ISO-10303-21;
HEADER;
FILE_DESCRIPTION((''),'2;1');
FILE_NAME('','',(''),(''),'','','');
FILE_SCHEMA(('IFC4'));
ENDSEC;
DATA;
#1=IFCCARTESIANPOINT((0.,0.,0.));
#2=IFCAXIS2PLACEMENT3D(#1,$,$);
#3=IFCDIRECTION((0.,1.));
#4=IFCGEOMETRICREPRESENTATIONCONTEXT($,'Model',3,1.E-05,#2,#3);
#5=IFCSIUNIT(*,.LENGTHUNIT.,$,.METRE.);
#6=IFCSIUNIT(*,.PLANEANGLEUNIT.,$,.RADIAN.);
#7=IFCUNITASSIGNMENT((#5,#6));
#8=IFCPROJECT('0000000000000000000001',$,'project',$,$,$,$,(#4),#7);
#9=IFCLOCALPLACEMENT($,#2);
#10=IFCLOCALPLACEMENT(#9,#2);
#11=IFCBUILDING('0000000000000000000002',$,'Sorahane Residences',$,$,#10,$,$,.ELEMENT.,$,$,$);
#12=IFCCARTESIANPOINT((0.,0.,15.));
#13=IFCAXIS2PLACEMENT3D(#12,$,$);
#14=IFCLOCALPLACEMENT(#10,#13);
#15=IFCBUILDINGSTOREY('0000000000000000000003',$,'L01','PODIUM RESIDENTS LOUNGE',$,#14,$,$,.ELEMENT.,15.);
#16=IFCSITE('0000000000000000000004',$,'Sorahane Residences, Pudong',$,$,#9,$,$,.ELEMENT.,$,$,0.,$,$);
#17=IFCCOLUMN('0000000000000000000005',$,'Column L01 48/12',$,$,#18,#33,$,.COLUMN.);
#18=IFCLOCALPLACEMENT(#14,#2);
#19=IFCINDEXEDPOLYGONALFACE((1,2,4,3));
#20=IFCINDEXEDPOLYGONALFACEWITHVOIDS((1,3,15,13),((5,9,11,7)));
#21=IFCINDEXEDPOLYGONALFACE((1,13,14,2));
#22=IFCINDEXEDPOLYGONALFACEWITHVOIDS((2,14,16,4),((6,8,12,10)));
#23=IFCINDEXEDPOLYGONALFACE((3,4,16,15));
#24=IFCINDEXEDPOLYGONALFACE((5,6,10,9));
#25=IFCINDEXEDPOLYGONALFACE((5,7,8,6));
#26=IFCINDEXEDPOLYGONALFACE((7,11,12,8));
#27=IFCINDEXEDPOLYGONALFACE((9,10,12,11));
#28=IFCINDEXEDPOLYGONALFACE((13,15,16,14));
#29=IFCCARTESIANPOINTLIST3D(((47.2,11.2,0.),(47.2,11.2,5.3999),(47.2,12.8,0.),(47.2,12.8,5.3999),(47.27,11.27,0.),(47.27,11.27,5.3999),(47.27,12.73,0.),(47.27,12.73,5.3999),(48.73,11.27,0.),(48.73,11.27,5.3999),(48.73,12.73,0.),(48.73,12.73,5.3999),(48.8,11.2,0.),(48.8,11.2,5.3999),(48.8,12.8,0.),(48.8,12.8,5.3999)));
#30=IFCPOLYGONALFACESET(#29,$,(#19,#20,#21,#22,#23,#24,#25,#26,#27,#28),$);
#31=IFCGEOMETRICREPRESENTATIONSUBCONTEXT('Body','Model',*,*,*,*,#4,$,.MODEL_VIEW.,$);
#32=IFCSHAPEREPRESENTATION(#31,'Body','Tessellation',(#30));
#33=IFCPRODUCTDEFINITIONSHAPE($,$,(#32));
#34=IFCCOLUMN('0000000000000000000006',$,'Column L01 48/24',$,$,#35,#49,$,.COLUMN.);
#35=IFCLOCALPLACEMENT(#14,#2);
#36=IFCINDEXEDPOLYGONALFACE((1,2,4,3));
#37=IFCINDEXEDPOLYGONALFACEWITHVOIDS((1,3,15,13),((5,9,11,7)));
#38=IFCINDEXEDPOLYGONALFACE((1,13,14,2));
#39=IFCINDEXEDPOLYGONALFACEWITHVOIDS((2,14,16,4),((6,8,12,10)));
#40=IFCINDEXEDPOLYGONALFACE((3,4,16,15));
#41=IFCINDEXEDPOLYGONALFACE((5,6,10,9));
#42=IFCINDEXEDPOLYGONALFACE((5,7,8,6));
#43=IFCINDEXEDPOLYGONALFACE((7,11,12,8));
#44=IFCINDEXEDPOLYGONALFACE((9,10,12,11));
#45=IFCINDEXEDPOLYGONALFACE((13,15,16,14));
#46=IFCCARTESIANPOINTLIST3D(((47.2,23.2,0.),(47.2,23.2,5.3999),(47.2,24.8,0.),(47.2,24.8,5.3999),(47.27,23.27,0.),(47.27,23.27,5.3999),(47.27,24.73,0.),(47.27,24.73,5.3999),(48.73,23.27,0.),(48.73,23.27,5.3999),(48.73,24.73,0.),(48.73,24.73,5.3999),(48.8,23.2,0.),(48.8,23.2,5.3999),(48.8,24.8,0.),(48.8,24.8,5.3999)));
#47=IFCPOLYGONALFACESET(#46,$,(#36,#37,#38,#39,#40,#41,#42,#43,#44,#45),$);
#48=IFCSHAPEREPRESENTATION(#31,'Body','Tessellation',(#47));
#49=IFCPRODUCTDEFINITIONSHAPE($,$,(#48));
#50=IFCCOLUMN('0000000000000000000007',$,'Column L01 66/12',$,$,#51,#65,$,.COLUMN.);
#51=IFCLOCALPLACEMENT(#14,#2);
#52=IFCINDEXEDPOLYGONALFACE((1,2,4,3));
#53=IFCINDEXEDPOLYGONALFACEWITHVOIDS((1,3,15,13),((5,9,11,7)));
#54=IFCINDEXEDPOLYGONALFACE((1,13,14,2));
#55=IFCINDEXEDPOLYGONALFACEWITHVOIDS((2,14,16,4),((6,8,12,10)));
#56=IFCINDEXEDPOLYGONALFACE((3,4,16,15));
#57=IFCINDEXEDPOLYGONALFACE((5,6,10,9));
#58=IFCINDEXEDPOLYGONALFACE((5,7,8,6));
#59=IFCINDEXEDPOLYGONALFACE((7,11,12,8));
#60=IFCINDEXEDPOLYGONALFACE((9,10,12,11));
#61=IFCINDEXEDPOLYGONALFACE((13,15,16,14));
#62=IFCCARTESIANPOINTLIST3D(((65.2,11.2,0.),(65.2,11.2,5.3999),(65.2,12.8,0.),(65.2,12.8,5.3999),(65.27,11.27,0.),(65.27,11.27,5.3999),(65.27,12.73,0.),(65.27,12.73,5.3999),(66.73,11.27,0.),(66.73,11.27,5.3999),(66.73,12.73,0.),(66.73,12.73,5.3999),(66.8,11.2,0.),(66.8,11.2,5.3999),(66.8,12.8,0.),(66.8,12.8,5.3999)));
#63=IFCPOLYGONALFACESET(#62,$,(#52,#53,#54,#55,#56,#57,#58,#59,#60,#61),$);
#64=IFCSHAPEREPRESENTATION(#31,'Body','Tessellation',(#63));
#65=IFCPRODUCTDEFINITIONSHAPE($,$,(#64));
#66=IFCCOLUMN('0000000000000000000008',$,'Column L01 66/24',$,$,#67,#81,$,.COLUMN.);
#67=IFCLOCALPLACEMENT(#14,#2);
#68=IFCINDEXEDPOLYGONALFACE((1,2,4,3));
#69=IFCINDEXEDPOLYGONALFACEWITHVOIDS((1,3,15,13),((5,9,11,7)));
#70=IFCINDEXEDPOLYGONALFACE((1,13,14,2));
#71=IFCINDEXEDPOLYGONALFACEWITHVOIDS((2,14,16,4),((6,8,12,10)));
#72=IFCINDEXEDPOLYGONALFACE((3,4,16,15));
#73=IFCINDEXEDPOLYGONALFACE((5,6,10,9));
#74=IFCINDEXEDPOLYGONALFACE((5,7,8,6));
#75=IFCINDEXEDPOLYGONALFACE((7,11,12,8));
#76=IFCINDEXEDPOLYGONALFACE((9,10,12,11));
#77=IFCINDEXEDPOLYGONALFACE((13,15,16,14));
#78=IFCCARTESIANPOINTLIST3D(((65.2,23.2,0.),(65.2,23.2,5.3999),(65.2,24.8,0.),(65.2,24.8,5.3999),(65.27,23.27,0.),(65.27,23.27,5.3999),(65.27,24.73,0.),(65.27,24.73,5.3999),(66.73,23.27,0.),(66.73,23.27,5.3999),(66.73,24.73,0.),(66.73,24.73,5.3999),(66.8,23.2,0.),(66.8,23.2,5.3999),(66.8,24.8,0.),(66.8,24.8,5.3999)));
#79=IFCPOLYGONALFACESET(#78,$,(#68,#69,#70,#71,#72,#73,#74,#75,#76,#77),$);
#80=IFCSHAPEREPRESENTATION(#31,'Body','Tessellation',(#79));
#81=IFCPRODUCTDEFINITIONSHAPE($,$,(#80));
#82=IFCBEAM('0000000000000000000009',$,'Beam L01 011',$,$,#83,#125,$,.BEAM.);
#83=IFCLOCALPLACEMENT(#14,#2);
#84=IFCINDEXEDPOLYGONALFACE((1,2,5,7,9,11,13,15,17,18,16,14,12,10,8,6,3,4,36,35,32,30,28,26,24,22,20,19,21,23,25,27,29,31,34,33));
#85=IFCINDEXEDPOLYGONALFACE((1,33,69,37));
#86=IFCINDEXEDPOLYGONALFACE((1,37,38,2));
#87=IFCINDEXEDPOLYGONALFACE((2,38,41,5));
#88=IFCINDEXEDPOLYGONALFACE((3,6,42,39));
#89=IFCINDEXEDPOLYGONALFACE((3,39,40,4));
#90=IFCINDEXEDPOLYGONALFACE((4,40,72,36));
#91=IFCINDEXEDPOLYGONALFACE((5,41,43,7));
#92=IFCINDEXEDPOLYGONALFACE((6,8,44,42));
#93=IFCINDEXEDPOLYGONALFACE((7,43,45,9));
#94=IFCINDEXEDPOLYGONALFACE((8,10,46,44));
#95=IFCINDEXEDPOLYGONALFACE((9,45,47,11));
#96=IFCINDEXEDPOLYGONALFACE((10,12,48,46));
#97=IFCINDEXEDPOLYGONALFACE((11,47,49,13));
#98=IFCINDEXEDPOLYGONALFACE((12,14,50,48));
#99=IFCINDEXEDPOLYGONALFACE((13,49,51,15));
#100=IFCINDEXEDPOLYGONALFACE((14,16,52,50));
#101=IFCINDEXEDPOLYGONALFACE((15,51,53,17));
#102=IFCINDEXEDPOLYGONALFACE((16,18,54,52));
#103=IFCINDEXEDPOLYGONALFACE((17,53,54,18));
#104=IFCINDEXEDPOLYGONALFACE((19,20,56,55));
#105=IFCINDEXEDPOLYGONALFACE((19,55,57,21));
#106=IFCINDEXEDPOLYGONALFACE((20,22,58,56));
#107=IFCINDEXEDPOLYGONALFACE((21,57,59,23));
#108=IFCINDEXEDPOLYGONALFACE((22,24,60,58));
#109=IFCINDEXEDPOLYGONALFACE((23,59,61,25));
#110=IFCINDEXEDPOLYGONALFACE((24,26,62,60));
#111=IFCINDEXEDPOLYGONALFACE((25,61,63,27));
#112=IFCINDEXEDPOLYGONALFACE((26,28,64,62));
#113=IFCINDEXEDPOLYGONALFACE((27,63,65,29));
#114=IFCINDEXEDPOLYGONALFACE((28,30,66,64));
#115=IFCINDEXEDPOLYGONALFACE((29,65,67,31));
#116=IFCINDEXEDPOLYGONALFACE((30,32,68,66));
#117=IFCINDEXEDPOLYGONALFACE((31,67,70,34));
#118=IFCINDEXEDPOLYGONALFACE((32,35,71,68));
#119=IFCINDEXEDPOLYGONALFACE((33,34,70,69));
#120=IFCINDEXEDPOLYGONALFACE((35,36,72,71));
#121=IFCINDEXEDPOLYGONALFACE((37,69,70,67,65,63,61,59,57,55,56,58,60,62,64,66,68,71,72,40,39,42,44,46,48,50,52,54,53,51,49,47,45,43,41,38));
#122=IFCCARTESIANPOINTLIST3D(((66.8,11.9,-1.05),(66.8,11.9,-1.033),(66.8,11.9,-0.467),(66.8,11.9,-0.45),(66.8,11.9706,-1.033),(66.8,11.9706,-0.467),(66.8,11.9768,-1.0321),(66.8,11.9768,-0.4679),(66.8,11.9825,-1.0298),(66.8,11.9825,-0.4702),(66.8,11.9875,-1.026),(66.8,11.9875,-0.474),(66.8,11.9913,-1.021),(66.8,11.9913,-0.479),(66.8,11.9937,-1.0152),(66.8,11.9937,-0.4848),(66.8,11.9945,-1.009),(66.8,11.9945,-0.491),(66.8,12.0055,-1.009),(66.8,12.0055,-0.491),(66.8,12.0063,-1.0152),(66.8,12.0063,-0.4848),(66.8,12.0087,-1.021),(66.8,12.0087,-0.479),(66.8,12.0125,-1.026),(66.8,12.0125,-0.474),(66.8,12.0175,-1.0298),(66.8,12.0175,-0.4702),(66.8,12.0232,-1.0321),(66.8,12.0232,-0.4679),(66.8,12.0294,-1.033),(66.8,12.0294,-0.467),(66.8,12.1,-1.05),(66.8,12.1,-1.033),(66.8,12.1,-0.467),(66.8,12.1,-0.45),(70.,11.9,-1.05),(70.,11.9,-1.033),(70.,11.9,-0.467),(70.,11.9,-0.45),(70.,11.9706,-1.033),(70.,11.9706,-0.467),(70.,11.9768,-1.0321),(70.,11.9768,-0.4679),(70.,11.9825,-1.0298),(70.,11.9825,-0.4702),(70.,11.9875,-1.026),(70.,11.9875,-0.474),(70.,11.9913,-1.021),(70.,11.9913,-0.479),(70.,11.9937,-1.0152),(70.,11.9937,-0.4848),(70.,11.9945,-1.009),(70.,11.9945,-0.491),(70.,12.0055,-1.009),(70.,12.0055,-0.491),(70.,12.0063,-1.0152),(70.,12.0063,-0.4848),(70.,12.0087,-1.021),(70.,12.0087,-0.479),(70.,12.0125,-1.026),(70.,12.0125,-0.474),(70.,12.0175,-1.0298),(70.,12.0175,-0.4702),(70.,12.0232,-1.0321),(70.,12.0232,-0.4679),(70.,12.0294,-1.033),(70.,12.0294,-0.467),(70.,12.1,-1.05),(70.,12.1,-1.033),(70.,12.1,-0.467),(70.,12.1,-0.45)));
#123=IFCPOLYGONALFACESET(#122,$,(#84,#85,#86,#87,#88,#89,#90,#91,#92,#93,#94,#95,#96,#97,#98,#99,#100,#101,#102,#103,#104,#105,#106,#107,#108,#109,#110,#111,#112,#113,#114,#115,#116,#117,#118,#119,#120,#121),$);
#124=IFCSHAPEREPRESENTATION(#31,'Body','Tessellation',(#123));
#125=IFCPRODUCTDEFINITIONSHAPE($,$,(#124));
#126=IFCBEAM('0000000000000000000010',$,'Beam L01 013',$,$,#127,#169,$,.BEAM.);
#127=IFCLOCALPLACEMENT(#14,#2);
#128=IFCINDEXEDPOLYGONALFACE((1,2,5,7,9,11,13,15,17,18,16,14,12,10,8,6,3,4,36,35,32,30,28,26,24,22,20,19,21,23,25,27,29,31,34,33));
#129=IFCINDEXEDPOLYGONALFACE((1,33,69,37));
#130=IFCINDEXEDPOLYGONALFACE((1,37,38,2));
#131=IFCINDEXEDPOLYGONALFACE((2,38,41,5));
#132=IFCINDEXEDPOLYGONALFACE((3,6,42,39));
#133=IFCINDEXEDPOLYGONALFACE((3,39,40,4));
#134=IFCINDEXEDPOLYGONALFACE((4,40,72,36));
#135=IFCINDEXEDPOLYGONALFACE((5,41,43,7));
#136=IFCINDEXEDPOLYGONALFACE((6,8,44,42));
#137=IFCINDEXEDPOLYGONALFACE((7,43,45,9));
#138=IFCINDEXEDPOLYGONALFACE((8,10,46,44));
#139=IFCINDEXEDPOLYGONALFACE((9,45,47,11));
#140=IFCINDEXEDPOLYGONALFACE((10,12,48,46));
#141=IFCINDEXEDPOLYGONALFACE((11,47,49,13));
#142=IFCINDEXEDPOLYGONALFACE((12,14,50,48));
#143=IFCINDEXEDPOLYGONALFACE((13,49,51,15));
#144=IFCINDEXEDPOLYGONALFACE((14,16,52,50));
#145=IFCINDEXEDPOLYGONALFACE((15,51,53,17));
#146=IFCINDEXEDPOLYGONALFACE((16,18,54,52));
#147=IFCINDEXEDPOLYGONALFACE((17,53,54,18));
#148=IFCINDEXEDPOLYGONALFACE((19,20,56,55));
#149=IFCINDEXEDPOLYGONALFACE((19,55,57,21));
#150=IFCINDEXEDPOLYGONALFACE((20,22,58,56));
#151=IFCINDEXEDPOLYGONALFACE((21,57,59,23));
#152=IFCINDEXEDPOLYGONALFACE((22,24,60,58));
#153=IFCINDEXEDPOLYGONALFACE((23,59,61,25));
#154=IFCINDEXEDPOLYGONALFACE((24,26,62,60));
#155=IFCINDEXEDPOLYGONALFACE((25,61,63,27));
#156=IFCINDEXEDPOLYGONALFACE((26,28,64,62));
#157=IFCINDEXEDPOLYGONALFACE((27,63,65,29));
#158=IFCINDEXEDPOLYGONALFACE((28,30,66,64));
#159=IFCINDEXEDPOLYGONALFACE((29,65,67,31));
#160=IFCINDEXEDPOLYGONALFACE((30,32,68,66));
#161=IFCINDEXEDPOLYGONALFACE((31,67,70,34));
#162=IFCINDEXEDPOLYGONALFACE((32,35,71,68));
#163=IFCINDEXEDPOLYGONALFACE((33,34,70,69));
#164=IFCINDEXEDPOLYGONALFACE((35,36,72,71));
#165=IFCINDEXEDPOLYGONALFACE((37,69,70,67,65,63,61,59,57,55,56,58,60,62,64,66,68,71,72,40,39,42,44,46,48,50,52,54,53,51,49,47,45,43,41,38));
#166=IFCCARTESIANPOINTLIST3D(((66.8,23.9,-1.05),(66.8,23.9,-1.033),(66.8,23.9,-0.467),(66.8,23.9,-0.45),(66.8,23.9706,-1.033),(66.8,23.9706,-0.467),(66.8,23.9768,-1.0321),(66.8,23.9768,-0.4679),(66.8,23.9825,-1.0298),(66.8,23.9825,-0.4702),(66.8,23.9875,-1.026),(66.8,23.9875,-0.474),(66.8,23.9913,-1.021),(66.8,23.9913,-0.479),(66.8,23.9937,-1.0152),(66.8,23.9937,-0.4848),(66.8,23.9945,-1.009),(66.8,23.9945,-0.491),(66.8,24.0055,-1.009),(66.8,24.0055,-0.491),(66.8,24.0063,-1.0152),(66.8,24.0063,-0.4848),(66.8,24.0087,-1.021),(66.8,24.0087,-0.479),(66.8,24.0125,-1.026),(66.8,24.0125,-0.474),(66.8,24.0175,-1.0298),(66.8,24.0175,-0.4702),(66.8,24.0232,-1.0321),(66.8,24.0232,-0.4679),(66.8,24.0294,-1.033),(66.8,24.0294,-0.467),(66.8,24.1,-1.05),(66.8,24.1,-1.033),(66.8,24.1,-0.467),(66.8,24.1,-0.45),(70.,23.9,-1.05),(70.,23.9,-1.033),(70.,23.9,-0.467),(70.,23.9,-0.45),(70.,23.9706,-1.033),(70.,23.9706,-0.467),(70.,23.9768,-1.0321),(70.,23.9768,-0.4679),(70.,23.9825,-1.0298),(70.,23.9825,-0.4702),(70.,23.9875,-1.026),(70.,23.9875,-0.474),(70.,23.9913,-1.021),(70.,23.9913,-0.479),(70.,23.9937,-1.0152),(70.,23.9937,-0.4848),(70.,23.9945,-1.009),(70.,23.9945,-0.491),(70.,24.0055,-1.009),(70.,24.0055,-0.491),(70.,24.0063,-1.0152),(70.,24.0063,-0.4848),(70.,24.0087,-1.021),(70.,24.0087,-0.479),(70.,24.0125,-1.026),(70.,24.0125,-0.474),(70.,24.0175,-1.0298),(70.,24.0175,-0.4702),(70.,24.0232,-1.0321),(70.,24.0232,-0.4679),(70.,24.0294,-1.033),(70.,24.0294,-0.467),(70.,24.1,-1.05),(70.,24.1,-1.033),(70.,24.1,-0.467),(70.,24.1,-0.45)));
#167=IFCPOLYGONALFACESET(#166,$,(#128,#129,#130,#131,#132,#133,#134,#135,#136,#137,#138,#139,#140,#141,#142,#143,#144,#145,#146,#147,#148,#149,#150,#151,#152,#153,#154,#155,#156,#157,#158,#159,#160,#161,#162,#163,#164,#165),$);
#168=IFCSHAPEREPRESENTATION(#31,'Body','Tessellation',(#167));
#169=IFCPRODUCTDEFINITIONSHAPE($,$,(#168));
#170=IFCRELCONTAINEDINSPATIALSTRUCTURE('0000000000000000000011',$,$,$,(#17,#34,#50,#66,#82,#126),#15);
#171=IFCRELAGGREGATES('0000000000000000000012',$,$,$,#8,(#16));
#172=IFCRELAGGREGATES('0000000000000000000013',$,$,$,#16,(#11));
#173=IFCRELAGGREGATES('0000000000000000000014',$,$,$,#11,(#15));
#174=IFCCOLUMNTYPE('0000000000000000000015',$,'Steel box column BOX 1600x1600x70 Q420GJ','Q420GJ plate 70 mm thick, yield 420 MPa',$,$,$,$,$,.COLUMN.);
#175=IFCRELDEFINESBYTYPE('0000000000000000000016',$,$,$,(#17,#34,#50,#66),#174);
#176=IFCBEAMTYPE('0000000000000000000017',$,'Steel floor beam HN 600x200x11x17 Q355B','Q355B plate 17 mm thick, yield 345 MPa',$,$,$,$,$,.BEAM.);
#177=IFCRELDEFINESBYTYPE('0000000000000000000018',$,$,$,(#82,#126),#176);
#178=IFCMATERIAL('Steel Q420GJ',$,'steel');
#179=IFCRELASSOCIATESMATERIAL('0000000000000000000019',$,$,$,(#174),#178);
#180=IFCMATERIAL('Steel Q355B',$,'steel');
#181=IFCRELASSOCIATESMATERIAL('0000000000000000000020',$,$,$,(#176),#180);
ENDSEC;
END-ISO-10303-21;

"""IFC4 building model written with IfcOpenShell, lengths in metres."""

from ifc_helpers import new_model, si_unit, direction, frame, origin, origin_2d, place, context, subcontext, project, spatial, hollow_rectangle, i_section, extrude, material, material_profile, profile_set, type_object, element, save


model = new_model("IFC4")

# Units and contexts
model_context = context("Model", 3, precision=1e-05, world=origin(), true_north=direction((0.0, 1.0)))
body_context = subcontext(model_context, "Body", "Model", "MODEL_VIEW")
ifc_project = project(units=[si_unit("LENGTHUNIT", "METRE"), si_unit("PLANEANGLEUNIT", "RADIAN")], contexts=[model_context])

# Site, building, storey
site_placement = place(None, origin())
site = spatial("IfcSite", under=ifc_project, at=site_placement, Name="Sorahane Residences, Pudong", CompositionType="ELEMENT", RefElevation=0.0)
building_placement = place(site_placement, origin())
building = spatial("IfcBuilding", under=site, at=building_placement, Name="Sorahane Residences", CompositionType="ELEMENT")
storey_placement = place(building_placement, frame((0.0, 0.0, 15.0)))
storey = spatial("IfcBuildingStorey", under=building, at=storey_placement, Name="L01", Description="PODIUM RESIDENTS LOUNGE", CompositionType="ELEMENT", Elevation=15.0)

# Columns
ifc_material_1 = material(Name="Steel Q420GJ", Category="steel")
ifc_material_profile_1 = material_profile(ifc_material_1, hollow_rectangle(XDim=1.6001, YDim=1.6001, WallThickness=0.0701, at=origin_2d()), Name="BOX 1600x1600x70")
ifc_profile_set_1 = profile_set([ifc_material_profile_1], Name="Steel Q420GJ")
column_type = type_object("IfcColumnType", Name="Steel box column BOX 1600x1600x70 Q420GJ", Description="Q420GJ plate 70 mm thick, yield 420 MPa", PredefinedType="COLUMN", material=ifc_profile_set_1)
for number, where, z_axis, x_axis, name in (
    (1, (48.0, 12.0, 0.0), (0.0, 0.0, 1.0), (1.0, 0.0, 0.0), "Column L01 48/12"),
    (2, (48.0, 24.0, 0.0), (0.0, 0.0, 1.0), (1.0, 0.0, 0.0), "Column L01 48/24"),
    (3, (66.0, 12.0, 0.0), (0.0, 0.0, 1.0), (1.0, 0.0, 0.0), "Column L01 66/12"),
    (4, (66.0, 24.0, 0.0), (0.0, 0.0, 1.0), (1.0, 0.0, 0.0), "Column L01 66/24"),
):
    element("IfcColumn", number, at=place(storey_placement, frame(where, z_axis=z_axis, x_axis=x_axis)), inside=storey, type_object=column_type, Name=name, PredefinedType="COLUMN", context=body_context, shape_type="SweptSolid", body=[
        extrude(hollow_rectangle(XDim=1.6001, YDim=1.6001, WallThickness=0.0701, at=origin_2d()), origin(), (0.0, 0.0, 1.0), 5.3999),
    ])

# Beams
ifc_material_2 = material(Name="Steel Q355B", Category="steel")
ifc_material_profile_2 = material_profile(ifc_material_2, i_section(OverallWidth=0.2, OverallDepth=0.6001, WebThickness=0.011, FlangeThickness=0.0171, FilletRadius=0.0239, at=origin_2d()), Name="HN 600x200x11x17")
ifc_profile_set_2 = profile_set([ifc_material_profile_2], Name="Steel Q355B")
beam_type_1 = type_object("IfcBeamType", Name="Steel floor beam HN 600x200x11x17 Q355B", Description="Q355B plate 17 mm thick, yield 345 MPa", PredefinedType="BEAM", material=ifc_profile_set_2)
for number, where, z_axis, x_axis, name in (
    (5, (66.8, 12.0, -0.75), (1.0, 0.0, 0.0), (0.0, 1.0, 0.0), "Beam L01 011"),
    (6, (66.8, 24.0, -0.75), (1.0, 0.0, 0.0), (0.0, 1.0, 0.0), "Beam L01 013"),
):
    element("IfcBeam", number, at=place(storey_placement, frame(where, z_axis=z_axis, x_axis=x_axis)), inside=storey, type_object=beam_type_1, Name=name, PredefinedType="BEAM", context=body_context, shape_type="SweptSolid", body=[
        extrude(i_section(OverallWidth=0.2, OverallDepth=0.6001, WebThickness=0.011, FlangeThickness=0.0171, FilletRadius=0.0239, at=origin_2d()), origin(), (0.0, 0.0, 1.0), 3.2),
    ])

save(model, "model.ifc")
